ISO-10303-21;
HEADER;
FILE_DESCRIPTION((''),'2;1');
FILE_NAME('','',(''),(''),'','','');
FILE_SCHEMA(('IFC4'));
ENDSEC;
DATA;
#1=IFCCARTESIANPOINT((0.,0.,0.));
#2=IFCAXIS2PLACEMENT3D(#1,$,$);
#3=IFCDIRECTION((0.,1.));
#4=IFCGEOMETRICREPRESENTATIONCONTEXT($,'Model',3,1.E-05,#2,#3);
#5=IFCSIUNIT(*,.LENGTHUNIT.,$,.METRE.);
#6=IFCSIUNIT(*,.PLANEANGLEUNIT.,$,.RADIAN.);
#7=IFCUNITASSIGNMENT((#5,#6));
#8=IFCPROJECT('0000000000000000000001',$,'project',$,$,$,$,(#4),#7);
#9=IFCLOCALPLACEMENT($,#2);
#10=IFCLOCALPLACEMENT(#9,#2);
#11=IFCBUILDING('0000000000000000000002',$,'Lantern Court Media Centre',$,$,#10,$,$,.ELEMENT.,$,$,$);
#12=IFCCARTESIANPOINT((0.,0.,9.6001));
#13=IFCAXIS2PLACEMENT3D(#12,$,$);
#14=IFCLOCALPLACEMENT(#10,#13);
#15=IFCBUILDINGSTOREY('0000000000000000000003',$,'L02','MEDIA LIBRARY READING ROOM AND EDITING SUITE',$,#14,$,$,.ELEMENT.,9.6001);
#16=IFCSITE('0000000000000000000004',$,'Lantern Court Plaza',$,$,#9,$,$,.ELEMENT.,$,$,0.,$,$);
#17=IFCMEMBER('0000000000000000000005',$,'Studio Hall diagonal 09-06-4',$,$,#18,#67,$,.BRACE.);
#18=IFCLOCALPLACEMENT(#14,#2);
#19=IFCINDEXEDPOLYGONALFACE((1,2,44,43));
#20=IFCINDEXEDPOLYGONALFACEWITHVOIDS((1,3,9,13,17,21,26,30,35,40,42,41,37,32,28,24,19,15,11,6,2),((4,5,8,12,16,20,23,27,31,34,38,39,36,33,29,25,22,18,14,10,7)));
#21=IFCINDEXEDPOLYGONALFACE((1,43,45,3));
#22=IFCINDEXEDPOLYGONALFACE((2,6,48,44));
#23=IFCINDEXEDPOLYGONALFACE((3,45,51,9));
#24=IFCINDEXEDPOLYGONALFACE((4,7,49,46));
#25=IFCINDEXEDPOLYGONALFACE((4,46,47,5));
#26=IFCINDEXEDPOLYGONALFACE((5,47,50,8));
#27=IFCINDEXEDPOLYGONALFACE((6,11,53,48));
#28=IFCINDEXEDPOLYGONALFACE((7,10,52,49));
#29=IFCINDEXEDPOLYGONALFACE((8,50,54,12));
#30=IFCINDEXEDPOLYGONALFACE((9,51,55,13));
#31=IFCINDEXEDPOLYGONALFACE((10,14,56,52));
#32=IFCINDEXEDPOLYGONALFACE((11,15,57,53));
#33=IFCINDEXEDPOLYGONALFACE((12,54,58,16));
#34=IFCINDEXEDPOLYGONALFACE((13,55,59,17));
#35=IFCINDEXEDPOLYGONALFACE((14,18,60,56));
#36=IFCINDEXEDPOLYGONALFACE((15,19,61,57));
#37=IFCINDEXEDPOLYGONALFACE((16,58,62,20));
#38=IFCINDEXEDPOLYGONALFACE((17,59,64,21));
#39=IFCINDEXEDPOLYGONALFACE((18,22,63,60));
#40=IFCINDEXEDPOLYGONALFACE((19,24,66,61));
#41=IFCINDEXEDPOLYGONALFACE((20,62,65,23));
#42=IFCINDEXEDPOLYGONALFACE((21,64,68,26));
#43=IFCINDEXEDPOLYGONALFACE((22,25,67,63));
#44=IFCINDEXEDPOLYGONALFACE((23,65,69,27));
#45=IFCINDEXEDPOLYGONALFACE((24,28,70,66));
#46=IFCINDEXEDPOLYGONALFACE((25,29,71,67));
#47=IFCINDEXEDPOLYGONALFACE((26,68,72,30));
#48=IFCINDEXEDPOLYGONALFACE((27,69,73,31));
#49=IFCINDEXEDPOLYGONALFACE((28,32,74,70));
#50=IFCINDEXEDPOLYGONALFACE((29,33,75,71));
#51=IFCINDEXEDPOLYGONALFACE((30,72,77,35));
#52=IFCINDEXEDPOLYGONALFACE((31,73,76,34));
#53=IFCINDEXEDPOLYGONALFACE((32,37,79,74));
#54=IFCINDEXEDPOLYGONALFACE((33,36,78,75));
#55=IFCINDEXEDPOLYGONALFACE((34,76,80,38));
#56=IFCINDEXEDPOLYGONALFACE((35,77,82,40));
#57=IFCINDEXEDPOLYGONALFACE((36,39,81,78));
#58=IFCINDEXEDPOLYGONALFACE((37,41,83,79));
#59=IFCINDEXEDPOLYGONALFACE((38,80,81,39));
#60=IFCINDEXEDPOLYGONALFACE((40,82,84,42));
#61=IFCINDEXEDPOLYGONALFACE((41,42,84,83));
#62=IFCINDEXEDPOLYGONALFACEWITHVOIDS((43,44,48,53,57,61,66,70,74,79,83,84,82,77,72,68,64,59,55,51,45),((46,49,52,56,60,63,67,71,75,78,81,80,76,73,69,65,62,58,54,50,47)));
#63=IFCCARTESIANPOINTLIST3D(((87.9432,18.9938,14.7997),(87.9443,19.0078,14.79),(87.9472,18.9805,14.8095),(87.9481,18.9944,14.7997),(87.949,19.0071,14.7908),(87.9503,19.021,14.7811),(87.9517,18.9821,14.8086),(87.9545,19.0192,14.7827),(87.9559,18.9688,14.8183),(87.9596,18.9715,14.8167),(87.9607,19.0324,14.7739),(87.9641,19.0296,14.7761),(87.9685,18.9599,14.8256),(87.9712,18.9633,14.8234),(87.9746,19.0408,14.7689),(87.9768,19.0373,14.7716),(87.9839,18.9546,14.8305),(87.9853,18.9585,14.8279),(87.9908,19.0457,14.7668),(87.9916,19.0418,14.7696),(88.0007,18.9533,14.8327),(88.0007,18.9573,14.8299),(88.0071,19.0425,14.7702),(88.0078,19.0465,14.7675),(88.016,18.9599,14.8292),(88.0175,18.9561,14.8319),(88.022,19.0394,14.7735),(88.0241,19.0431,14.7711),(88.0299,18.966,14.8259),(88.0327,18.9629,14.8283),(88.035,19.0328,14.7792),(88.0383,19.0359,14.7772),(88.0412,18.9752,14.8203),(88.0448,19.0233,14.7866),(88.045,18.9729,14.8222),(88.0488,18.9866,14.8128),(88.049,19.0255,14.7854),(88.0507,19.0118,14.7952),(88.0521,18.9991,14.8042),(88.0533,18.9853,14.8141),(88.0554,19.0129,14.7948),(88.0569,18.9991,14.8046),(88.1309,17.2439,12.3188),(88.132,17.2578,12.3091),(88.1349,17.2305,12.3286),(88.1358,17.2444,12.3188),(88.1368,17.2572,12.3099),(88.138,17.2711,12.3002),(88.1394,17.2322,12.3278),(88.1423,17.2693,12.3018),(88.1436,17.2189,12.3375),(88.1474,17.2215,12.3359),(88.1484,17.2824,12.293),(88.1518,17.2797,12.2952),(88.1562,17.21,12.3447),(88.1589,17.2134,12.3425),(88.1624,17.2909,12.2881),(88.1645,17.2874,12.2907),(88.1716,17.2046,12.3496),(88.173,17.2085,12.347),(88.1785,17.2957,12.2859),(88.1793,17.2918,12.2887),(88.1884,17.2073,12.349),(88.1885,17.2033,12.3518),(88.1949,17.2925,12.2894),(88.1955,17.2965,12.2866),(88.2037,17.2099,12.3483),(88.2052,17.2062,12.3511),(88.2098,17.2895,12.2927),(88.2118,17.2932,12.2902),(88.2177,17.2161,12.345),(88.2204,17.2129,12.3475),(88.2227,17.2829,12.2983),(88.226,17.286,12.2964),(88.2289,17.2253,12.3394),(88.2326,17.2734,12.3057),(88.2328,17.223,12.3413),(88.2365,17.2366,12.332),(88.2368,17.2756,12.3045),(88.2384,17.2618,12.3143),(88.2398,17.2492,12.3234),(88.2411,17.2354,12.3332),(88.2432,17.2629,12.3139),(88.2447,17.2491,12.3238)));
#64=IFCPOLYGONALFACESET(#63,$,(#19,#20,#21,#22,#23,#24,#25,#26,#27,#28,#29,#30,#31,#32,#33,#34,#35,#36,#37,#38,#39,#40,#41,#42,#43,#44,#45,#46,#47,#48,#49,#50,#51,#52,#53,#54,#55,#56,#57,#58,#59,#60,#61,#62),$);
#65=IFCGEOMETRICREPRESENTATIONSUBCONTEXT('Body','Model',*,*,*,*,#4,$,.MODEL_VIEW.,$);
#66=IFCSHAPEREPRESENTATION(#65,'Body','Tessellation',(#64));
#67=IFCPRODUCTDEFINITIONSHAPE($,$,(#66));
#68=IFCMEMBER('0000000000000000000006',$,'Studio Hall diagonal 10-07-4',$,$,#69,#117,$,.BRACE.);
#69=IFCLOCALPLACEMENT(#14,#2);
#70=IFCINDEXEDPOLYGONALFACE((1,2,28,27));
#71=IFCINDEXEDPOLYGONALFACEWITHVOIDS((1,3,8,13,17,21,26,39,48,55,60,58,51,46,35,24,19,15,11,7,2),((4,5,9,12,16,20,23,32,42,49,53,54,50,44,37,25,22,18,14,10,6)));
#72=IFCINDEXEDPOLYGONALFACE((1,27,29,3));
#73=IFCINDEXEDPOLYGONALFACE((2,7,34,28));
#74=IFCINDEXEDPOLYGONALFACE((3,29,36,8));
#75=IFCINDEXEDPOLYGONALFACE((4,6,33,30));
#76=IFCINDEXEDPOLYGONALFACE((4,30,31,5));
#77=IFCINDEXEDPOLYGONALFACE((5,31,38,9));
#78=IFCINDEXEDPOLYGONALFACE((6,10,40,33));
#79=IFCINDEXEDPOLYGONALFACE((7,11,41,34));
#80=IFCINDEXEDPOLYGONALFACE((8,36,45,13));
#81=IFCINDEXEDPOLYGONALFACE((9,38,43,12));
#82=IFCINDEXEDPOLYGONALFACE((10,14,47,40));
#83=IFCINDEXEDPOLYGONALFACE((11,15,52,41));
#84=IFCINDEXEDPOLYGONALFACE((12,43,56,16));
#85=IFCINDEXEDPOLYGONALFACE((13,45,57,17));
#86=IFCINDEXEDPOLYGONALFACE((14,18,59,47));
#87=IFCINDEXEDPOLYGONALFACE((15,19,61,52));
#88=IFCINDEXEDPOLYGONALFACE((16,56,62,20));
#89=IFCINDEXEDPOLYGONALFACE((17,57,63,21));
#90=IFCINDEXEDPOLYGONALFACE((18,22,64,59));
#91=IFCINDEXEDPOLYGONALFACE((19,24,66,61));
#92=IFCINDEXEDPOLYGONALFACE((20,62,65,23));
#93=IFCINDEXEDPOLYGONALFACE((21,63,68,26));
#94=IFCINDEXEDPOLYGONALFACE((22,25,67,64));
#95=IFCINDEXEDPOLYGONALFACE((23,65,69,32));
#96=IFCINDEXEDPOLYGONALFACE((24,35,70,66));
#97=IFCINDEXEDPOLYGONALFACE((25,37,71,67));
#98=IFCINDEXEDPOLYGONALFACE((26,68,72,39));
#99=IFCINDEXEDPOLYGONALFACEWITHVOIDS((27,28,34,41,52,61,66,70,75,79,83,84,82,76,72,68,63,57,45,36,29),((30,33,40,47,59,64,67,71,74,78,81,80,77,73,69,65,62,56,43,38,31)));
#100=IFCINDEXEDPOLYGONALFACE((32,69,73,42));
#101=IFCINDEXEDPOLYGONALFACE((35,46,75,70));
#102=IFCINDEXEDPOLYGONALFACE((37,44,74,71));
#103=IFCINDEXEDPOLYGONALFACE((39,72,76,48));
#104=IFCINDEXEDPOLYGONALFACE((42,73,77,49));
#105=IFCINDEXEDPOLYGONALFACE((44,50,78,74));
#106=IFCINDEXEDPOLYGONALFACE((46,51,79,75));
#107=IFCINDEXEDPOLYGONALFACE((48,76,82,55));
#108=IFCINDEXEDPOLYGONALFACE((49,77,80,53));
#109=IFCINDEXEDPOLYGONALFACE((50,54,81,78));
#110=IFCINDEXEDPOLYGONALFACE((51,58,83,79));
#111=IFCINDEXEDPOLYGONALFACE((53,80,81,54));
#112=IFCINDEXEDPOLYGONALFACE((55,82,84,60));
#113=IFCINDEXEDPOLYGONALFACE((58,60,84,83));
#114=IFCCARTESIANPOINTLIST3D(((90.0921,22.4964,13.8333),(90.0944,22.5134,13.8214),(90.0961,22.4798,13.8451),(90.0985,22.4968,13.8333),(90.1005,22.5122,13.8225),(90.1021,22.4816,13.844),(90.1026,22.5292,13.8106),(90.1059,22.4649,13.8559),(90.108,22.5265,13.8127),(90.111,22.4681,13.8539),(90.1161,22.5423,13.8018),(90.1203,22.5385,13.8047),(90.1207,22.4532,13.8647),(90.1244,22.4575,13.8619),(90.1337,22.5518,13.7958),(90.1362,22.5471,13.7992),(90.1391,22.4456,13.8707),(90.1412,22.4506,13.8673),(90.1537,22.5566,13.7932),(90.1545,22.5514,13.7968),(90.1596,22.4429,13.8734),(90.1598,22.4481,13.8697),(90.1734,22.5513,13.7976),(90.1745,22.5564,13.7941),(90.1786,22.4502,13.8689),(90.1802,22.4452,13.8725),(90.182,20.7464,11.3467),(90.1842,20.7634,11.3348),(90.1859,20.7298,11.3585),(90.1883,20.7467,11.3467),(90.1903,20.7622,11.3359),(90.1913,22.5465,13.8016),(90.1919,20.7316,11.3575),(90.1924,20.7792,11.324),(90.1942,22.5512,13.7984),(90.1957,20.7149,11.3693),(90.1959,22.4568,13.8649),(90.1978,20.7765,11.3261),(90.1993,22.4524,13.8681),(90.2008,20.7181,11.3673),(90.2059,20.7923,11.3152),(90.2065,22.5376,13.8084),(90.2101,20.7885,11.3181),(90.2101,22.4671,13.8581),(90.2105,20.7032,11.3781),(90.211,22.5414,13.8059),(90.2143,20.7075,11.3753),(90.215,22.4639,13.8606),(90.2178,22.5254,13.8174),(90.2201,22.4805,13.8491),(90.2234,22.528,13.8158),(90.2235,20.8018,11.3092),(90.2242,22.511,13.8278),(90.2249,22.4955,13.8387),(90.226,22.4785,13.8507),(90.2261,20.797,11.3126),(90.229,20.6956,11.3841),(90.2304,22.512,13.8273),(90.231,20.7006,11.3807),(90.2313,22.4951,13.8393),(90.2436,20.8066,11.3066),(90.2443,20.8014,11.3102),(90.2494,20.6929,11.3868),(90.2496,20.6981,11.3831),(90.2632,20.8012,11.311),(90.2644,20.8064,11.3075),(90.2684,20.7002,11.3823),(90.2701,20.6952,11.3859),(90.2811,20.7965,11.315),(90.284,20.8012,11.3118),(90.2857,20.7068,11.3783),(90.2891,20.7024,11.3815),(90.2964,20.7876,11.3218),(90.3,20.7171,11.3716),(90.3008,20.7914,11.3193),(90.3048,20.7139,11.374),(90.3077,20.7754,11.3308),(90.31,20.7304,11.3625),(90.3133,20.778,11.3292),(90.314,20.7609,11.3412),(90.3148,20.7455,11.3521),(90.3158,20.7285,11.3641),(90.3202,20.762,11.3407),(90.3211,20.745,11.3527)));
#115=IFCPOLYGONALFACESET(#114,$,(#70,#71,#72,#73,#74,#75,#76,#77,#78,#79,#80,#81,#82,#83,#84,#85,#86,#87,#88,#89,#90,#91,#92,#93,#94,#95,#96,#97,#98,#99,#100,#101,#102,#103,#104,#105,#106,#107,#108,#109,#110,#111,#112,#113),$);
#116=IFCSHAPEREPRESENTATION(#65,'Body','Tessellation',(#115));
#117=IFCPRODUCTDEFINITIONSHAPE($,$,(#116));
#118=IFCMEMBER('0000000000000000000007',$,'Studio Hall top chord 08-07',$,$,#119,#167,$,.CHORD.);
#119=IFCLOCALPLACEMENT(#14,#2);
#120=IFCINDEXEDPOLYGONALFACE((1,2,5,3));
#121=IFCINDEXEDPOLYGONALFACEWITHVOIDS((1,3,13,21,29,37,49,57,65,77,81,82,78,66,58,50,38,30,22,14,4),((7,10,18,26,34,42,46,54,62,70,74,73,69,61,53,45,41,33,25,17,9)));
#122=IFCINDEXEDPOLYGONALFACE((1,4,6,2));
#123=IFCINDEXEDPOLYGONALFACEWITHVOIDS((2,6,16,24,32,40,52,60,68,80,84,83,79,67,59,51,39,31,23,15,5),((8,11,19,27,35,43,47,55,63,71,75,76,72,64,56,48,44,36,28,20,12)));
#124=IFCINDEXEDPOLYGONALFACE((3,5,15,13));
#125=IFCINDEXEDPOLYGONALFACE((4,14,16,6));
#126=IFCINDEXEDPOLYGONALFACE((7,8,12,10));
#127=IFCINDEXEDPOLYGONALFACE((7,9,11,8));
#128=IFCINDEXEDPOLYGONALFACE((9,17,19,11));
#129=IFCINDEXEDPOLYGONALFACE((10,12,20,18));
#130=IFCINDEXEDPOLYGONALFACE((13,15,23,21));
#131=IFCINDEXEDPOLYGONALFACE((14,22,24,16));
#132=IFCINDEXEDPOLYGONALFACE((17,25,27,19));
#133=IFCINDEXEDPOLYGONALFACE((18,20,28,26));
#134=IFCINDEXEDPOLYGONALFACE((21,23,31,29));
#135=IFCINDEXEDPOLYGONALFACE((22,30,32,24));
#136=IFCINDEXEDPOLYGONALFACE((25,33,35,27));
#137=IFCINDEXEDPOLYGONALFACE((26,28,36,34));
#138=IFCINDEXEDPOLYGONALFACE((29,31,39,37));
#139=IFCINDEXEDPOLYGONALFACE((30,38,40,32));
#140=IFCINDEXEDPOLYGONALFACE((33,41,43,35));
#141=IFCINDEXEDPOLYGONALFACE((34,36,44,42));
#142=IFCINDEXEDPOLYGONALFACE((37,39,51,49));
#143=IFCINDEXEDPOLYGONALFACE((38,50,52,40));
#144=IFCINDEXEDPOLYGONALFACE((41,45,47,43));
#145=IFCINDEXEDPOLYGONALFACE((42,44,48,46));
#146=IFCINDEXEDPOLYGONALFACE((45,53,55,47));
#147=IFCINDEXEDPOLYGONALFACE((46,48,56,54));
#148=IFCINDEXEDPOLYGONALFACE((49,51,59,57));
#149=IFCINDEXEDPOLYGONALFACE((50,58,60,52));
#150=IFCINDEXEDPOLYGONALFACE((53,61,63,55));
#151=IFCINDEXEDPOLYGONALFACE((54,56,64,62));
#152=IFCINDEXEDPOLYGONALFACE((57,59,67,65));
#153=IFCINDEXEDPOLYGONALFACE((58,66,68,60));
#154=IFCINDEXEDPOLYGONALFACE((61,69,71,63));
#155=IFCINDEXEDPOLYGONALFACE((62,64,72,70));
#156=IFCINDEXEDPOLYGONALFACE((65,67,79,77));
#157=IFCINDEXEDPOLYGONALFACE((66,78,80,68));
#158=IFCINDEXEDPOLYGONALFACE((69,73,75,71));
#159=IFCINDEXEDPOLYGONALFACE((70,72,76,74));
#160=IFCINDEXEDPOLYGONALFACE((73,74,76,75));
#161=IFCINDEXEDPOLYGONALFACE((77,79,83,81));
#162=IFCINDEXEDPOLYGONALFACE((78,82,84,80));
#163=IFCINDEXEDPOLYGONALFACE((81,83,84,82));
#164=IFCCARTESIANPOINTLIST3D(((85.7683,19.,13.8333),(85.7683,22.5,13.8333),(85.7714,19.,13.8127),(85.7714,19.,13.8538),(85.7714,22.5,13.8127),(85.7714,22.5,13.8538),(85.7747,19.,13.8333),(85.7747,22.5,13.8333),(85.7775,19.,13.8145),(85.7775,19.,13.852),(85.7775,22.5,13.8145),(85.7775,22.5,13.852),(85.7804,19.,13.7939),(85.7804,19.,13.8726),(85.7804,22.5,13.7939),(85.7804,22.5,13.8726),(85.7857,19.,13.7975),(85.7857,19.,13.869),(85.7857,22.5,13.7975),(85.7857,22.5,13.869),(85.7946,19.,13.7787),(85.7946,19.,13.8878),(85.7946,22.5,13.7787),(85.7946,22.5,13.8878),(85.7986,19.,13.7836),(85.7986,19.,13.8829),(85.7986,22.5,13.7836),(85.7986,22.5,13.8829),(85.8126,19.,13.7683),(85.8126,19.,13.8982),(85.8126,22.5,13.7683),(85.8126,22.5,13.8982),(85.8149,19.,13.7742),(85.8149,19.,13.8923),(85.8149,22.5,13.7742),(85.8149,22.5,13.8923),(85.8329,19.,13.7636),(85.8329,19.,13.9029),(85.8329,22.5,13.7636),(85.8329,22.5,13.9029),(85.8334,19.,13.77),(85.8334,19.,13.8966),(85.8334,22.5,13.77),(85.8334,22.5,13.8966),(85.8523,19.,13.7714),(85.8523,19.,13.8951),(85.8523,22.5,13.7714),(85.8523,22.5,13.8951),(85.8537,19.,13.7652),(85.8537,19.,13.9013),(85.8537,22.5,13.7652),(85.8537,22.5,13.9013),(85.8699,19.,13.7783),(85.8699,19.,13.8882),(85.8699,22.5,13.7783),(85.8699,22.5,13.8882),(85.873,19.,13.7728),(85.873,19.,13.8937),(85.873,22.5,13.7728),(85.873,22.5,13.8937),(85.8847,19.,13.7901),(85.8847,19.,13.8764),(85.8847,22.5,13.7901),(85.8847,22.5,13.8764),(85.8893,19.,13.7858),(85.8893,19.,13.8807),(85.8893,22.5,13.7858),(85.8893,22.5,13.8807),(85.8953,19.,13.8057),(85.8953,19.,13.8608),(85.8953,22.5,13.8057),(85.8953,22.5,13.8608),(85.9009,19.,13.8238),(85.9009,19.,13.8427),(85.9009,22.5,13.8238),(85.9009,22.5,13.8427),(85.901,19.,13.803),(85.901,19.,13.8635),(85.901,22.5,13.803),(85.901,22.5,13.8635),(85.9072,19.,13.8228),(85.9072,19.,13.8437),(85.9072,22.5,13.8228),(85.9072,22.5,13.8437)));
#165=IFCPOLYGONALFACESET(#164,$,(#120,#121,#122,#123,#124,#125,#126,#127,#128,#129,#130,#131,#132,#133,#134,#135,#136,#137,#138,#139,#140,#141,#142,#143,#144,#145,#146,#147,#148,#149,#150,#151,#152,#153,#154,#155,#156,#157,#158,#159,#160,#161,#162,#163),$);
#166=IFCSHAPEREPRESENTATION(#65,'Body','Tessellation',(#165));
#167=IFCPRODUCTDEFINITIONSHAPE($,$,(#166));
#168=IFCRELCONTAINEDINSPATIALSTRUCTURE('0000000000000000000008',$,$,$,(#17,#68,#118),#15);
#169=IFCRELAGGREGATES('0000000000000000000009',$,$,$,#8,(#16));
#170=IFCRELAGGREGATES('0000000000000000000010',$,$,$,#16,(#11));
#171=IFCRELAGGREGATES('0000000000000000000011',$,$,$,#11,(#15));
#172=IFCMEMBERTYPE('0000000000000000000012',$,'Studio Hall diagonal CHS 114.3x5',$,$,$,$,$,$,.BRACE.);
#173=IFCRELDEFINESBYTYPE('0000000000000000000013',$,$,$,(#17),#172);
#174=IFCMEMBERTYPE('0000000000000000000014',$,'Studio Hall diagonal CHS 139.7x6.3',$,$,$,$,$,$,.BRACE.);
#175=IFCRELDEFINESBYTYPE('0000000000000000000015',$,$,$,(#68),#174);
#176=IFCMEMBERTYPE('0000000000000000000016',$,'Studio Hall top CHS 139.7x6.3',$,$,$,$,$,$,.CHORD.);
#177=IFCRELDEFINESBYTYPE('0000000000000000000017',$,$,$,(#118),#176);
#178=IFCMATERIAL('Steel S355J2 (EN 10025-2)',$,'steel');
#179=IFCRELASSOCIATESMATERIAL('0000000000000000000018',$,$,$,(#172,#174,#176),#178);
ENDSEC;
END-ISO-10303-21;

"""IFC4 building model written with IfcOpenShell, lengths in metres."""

from ifc_helpers import new_model, si_unit, direction, frame, origin, origin_2d, place, context, subcontext, project, spatial, hollow_circle, extrude, material, material_profile, profile_set, type_object, element, save


model = new_model("IFC4")

# Units and contexts
model_context = context("Model", 3, precision=1e-05, world=origin(), true_north=direction((0.0, 1.0)))
body_context = subcontext(model_context, "Body", "Model", "MODEL_VIEW")
ifc_project = project(units=[si_unit("LENGTHUNIT", "METRE"), si_unit("PLANEANGLEUNIT", "RADIAN")], contexts=[model_context])

# Site, building, storey
site_placement = place(None, origin())
site = spatial("IfcSite", under=ifc_project, at=site_placement, Name="Lantern Court Plaza", CompositionType="ELEMENT", RefElevation=0.0)
building_placement = place(site_placement, origin())
building = spatial("IfcBuilding", under=site, at=building_placement, Name="Lantern Court Media Centre", CompositionType="ELEMENT")
storey_placement = place(building_placement, frame((0.0, 0.0, 9.6001)))
storey = spatial("IfcBuildingStorey", under=building, at=storey_placement, Name="L02", Description="MEDIA LIBRARY READING ROOM AND EDITING SUITE", CompositionType="ELEMENT", Elevation=9.6001)

# Members
ifc_material = material(Name="Steel S355J2 (EN 10025-2)", Category="steel")
ifc_material_profile_1 = material_profile(ifc_material, hollow_circle(Radius=0.0571, WallThickness=0.0049, at=origin_2d()), Name="Studio Hall diagonal CHS 114.3x5")
ifc_profile_set_1 = profile_set([ifc_material_profile_1], Name="Steel S355J2 (EN 10025-2)")
member_type_1 = type_object("IfcMemberType", Name="Studio Hall diagonal CHS 114.3x5", PredefinedType="BRACE", material=ifc_profile_set_1)
member_1_placement = place(storey_placement, frame((88.1877, 17.25, 12.3188), z_axis=(-0.06172, 0.575306, 0.815606), x_axis=(-0.994294, -0.10667, 0.0)))
element("IfcMember", 1, at=member_1_placement, inside=storey, type_object=member_type_1, Name="Studio Hall diagonal 09-06-4", PredefinedType="BRACE", context=body_context, shape_type="SweptSolid", body=[
    extrude(hollow_circle(Radius=0.0571, WallThickness=0.0049, at=origin_2d()), origin(), (0.0, 0.0, 1.0), 3.0417),
])
ifc_material_profile_2 = material_profile(ifc_material, hollow_circle(Radius=0.0698, WallThickness=0.0063, at=origin_2d()), Name="Studio Hall diagonal CHS 139.7x6.3")
ifc_profile_set_2 = profile_set([ifc_material_profile_2], Name="Steel S355J2 (EN 10025-2)")
member_type_2 = type_object("IfcMemberType", Name="Studio Hall diagonal CHS 139.7x6.3", PredefinedType="BRACE", material=ifc_profile_set_2)
member_2_placement = place(storey_placement, frame((90.2517, 20.75, 11.3467), z_axis=(-0.029535, 0.575284, 0.81742), x_axis=(-0.998685, -0.051272, 0.0)))
element("IfcMember", 2, at=member_2_placement, inside=storey, type_object=member_type_2, Name="Studio Hall diagonal 10-07-4", PredefinedType="BRACE", context=body_context, shape_type="SweptSolid", body=[
    extrude(hollow_circle(Radius=0.0698, WallThickness=0.0063, at=origin_2d()), origin(), (0.0, 0.0, 1.0), 3.042),
])
ifc_material_profile_3 = material_profile(ifc_material, hollow_circle(Radius=0.0698, WallThickness=0.0063, at=origin_2d()), Name="Studio Hall top CHS 139.7x6.3")
ifc_profile_set_3 = profile_set([ifc_material_profile_3], Name="Steel S355J2 (EN 10025-2)")
member_type_3 = type_object("IfcMemberType", Name="Studio Hall top CHS 139.7x6.3", PredefinedType="CHORD", material=ifc_profile_set_3)
for number, where, z_axis, x_axis, name in (
    (3, (85.8381, 19.0, 13.8333), (0.0, 1.0, 0.0), (-1.0, 0.0, 0.0), "Studio Hall top chord 08-07"),
):
    element("IfcMember", number, at=place(storey_placement, frame(where, z_axis=z_axis, x_axis=x_axis)), inside=storey, type_object=member_type_3, Name=name, PredefinedType="CHORD", context=body_context, shape_type="SweptSolid", body=[
        extrude(hollow_circle(Radius=0.0698, WallThickness=0.0063, at=origin_2d()), origin(), (0.0, 0.0, 1.0), 3.5),
    ])

save(model, "model.ifc")
